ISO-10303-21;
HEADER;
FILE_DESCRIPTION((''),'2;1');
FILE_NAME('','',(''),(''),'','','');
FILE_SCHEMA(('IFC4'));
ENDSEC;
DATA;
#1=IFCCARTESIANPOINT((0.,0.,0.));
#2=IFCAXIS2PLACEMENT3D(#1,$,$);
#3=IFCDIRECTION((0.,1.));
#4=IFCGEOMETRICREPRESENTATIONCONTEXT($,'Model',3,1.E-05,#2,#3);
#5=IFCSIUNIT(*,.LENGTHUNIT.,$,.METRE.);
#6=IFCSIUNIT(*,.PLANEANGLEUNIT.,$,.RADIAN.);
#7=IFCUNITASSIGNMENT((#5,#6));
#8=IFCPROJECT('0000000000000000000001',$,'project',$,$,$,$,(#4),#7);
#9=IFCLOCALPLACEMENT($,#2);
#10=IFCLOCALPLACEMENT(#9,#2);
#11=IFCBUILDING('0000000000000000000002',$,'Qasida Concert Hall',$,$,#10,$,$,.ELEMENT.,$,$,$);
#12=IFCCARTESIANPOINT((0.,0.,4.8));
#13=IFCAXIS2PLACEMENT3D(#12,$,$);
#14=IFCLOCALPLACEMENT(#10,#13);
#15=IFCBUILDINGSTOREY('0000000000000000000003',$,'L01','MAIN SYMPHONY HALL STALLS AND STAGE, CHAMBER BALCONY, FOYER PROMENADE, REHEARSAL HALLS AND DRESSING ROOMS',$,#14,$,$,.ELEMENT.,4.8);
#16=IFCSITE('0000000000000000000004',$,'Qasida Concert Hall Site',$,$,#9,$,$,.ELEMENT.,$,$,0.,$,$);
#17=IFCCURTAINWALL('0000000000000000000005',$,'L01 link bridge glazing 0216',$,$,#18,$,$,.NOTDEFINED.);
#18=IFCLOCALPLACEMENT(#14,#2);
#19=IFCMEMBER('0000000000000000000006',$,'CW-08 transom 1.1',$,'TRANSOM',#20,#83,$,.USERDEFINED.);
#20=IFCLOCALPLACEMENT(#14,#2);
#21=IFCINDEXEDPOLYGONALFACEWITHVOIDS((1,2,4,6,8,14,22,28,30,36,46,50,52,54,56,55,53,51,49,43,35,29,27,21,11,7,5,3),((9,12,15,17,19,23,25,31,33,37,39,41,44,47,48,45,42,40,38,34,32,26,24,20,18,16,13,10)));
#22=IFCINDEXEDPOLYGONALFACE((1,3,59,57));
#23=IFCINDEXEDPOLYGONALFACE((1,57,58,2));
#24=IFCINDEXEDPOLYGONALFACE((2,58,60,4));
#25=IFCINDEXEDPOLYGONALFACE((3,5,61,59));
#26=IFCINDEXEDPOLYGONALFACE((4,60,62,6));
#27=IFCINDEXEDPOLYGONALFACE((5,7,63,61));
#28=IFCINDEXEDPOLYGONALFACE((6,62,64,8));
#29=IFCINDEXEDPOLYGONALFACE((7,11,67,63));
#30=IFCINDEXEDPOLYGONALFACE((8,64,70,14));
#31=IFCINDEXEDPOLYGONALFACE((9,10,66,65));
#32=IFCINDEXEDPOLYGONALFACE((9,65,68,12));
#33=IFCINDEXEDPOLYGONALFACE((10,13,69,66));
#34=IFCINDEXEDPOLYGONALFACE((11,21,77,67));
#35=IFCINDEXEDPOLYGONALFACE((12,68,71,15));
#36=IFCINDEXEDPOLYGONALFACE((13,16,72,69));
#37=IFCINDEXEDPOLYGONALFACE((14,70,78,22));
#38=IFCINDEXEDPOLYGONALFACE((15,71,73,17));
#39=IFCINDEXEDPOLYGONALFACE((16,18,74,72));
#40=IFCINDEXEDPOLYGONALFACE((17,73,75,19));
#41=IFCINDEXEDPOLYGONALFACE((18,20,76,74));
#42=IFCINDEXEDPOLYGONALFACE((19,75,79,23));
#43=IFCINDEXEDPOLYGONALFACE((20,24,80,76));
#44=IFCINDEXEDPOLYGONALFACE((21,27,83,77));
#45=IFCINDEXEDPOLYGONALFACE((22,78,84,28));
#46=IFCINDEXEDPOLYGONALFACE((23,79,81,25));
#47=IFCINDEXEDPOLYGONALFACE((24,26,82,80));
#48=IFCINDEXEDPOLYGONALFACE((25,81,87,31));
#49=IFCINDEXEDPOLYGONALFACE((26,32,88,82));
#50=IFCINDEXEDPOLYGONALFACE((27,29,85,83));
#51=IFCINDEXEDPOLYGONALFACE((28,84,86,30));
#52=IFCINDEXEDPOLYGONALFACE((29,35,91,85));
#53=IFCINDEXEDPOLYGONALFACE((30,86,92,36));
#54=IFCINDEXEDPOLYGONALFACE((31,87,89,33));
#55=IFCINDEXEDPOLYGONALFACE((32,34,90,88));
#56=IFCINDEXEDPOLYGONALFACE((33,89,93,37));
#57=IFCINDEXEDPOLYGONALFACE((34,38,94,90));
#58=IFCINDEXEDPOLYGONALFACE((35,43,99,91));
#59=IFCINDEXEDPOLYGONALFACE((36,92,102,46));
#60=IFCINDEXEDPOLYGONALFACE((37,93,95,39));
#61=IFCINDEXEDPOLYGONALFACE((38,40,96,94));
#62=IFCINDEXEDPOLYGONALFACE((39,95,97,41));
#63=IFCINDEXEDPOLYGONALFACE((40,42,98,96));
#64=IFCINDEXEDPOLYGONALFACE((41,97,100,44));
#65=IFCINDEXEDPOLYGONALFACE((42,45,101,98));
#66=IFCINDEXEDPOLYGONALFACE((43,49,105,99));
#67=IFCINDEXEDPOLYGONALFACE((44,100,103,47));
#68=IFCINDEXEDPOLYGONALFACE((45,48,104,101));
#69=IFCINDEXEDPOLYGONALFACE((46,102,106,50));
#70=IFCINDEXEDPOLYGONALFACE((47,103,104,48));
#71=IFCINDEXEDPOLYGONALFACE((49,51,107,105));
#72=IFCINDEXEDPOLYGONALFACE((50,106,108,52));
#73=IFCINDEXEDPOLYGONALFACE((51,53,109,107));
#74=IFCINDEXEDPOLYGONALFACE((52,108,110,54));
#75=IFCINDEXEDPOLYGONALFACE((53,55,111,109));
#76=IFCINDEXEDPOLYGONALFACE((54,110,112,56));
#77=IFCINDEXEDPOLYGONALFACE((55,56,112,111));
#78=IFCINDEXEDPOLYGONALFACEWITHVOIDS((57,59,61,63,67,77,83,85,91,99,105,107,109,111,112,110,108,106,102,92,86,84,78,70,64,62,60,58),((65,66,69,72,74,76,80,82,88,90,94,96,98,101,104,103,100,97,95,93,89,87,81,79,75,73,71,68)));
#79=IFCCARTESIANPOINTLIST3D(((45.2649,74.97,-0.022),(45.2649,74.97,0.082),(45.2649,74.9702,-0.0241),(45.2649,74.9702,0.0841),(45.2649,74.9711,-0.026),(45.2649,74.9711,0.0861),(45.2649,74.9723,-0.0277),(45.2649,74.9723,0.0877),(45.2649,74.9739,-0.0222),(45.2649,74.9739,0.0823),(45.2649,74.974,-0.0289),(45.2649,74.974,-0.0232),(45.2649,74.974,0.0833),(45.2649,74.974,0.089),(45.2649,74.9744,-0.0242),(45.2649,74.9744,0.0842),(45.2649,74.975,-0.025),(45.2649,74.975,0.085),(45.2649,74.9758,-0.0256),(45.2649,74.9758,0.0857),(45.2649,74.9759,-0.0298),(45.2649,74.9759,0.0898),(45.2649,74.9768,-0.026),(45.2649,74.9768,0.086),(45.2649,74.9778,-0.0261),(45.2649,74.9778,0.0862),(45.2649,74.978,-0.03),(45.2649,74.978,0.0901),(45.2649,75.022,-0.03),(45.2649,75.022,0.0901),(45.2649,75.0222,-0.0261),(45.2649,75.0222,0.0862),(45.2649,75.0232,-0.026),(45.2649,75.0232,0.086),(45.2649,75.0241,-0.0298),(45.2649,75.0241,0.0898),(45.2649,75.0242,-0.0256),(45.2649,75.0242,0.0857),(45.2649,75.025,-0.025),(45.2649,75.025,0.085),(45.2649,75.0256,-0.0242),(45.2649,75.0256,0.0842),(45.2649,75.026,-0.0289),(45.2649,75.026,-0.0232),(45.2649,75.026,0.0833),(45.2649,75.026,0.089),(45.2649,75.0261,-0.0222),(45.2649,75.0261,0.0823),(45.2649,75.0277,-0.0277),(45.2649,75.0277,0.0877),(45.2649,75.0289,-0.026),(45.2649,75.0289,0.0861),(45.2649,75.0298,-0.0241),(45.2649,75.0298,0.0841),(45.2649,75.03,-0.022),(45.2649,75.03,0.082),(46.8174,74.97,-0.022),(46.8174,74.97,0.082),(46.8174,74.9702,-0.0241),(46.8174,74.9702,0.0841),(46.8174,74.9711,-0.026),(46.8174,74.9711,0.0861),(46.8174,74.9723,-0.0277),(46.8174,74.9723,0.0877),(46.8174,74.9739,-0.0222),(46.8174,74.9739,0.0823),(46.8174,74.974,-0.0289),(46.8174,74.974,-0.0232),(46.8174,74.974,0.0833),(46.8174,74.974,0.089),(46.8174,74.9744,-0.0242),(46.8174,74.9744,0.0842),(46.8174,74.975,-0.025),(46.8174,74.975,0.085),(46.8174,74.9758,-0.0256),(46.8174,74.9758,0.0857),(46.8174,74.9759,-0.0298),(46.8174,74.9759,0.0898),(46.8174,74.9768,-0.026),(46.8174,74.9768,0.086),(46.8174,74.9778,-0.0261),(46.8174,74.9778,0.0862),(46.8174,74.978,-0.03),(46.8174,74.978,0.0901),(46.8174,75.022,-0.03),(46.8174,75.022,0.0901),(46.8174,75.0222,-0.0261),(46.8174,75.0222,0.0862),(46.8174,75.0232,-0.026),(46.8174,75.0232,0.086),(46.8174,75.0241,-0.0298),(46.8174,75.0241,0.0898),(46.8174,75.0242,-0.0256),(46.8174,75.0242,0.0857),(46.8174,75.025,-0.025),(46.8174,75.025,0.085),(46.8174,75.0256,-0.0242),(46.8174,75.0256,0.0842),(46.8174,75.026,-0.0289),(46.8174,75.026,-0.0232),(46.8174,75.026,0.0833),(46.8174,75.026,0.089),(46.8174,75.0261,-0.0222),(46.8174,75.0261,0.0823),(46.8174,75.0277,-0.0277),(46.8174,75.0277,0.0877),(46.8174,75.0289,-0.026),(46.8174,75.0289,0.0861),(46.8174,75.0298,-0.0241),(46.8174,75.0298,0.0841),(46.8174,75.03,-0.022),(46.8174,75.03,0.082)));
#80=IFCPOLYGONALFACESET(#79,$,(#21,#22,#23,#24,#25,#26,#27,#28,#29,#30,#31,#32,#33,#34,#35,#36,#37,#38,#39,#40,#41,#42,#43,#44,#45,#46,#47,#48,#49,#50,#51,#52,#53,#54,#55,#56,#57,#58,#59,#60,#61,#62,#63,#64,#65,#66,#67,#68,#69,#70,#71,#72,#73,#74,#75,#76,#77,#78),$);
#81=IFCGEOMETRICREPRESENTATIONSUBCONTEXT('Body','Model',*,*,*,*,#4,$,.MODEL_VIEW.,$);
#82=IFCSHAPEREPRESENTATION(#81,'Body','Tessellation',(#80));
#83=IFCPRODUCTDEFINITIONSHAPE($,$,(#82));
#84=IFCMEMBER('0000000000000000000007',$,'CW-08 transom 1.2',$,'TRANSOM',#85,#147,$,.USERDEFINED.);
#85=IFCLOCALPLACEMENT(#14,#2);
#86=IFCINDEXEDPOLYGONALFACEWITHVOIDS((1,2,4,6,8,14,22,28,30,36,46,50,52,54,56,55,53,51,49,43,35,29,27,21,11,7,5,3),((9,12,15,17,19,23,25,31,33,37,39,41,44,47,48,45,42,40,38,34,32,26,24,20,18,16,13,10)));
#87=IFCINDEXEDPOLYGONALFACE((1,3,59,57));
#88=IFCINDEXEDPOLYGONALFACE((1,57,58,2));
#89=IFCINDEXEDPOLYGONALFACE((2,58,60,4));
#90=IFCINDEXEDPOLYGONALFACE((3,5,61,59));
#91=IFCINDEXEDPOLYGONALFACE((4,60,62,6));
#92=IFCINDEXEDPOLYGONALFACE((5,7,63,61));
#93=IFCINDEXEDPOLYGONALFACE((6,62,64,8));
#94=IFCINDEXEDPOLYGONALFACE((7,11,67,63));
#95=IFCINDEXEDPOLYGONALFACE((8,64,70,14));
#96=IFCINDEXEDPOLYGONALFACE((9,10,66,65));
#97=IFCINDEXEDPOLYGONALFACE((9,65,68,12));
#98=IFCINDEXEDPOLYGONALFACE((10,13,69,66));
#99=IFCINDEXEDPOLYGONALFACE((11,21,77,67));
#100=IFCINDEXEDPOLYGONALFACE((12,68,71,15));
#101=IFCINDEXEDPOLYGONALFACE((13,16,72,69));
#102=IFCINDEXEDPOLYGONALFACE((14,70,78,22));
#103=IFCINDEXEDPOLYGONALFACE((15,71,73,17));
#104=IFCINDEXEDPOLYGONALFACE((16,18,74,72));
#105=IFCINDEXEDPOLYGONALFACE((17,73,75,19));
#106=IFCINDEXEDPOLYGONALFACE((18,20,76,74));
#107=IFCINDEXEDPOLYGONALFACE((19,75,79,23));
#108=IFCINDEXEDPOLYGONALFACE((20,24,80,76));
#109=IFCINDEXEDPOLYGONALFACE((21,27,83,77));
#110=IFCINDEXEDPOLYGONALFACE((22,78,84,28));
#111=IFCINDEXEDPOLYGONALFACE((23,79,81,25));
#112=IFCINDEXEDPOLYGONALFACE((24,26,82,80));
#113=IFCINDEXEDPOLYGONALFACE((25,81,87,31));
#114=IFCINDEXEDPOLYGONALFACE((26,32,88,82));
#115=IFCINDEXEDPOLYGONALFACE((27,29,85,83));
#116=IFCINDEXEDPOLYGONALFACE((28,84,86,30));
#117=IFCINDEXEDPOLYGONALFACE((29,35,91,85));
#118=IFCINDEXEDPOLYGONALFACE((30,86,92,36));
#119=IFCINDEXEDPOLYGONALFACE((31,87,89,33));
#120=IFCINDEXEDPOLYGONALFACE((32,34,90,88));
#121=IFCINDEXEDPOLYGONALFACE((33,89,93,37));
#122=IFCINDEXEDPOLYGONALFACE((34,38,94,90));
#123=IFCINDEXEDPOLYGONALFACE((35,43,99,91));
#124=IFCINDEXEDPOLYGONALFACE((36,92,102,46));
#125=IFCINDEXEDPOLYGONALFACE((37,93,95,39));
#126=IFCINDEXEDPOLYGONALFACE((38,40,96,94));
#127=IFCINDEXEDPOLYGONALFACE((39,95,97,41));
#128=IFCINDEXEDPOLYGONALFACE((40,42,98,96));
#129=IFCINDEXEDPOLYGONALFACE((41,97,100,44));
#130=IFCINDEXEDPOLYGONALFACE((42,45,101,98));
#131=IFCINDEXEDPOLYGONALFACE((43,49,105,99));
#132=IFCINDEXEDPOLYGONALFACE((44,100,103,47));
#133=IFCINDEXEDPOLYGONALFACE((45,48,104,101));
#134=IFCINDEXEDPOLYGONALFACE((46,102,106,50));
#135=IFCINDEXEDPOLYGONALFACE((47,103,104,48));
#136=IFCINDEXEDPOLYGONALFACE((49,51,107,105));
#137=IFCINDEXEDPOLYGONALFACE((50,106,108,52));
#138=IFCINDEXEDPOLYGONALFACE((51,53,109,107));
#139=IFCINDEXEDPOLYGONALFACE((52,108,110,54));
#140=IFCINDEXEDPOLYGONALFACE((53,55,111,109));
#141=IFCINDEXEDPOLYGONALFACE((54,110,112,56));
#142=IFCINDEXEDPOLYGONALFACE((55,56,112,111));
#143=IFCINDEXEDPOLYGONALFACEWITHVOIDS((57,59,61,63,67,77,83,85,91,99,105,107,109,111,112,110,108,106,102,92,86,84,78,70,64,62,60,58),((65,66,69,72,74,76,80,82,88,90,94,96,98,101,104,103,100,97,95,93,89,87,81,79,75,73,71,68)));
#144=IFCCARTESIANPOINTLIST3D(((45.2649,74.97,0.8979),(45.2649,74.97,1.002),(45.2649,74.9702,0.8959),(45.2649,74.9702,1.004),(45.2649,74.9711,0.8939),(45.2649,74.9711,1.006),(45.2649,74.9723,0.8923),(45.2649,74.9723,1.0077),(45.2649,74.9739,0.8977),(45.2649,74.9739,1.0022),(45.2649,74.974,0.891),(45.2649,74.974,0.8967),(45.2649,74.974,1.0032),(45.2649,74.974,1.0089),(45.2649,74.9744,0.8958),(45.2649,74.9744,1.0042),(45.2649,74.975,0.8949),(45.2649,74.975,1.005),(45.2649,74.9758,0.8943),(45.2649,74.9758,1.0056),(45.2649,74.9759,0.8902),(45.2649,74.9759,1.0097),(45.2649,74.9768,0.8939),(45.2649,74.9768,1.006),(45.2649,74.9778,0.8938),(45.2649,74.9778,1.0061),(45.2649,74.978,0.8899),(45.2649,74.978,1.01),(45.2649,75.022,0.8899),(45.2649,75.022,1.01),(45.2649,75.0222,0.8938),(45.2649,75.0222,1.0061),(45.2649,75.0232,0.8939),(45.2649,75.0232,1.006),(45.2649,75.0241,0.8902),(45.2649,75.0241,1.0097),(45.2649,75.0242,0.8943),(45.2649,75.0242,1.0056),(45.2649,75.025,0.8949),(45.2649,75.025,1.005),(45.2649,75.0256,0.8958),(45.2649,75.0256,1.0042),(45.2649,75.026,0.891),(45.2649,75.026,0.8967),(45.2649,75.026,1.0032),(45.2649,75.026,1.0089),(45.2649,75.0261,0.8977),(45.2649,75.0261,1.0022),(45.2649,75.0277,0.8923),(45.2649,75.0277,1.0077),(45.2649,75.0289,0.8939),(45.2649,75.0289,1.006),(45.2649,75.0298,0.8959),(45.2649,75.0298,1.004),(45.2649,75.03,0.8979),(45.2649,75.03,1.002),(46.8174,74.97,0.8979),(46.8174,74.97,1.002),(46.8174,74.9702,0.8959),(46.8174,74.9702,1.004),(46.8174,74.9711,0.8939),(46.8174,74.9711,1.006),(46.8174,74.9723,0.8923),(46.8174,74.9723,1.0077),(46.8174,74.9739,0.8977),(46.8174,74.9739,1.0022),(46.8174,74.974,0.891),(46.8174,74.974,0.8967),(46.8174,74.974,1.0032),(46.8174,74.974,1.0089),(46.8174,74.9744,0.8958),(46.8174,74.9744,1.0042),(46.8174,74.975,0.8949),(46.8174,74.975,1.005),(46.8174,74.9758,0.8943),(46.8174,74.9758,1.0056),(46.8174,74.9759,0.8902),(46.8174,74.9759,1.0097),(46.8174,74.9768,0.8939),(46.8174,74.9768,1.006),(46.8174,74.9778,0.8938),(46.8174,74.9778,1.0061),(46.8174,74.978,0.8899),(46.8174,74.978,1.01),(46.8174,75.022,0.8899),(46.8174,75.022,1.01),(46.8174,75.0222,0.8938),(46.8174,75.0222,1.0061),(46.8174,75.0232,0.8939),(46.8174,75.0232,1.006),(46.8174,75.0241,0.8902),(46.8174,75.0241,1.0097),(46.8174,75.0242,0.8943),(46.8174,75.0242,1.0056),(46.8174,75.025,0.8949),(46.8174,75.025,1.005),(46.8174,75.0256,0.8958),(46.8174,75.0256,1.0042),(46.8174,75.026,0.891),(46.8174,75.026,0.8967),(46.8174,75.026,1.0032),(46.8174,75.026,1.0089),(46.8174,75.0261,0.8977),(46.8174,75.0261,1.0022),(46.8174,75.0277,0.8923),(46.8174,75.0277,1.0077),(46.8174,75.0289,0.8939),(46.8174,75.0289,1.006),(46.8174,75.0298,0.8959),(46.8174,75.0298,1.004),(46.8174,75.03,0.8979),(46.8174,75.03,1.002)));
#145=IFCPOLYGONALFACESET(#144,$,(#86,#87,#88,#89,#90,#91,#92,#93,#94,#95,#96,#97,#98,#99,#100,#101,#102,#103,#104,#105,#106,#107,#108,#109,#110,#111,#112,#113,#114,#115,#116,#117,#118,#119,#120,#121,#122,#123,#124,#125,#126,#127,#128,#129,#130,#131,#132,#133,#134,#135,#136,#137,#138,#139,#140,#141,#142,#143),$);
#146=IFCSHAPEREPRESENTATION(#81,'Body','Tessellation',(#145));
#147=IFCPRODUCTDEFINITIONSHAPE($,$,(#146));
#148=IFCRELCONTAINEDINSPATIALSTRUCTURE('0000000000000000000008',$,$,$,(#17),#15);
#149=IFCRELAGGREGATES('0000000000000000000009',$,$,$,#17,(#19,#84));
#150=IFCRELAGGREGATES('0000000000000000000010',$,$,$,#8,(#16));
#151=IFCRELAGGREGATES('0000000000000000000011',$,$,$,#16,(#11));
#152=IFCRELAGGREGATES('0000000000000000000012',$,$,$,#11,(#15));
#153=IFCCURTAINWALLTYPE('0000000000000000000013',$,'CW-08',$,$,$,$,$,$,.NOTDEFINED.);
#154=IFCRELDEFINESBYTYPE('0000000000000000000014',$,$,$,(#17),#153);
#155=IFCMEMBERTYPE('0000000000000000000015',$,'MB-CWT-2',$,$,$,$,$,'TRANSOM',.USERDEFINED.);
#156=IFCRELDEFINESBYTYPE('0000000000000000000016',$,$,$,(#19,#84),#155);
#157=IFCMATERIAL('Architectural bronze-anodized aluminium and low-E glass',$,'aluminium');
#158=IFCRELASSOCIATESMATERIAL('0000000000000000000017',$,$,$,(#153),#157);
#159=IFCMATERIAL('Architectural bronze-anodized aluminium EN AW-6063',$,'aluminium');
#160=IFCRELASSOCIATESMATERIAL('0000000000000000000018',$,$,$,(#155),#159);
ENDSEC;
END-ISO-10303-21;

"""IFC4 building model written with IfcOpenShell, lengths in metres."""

from ifc_helpers import new_model, si_unit, direction, frame, origin, origin_2d, place, context, subcontext, project, spatial, hollow_rectangle, extrude, material, material_profile, profile_set, type_object, element, aggregate, save


model = new_model("IFC4")

# Units and contexts
model_context = context("Model", 3, precision=1e-05, world=origin(), true_north=direction((0.0, 1.0)))
body_context = subcontext(model_context, "Body", "Model", "MODEL_VIEW")
ifc_project = project(units=[si_unit("LENGTHUNIT", "METRE"), si_unit("PLANEANGLEUNIT", "RADIAN")], contexts=[model_context])

# Site, building, storey
site_placement = place(None, origin())
site = spatial("IfcSite", under=ifc_project, at=site_placement, Name="Qasida Concert Hall Site", CompositionType="ELEMENT", RefElevation=0.0)
building_placement = place(site_placement, origin())
building = spatial("IfcBuilding", under=site, at=building_placement, Name="Qasida Concert Hall", CompositionType="ELEMENT")
storey_placement = place(building_placement, frame((0.0, 0.0, 4.8)))
storey = spatial("IfcBuildingStorey", under=building, at=storey_placement, Name="L01", Description="MAIN SYMPHONY HALL STALLS AND STAGE, CHAMBER BALCONY, FOYER PROMENADE, REHEARSAL HALLS AND DRESSING ROOMS", CompositionType="ELEMENT", Elevation=4.8)

# Shared definitions
ifc_material_1 = material(Name="Architectural bronze-anodized aluminium and low-E glass", Category="aluminium")
curtain_wall_type = type_object("IfcCurtainWallType", Name="CW-08", PredefinedType="NOTDEFINED", material=ifc_material_1)
ifc_material_2 = material(Name="Architectural bronze-anodized aluminium EN AW-6063", Category="aluminium")

# Curtain wall
curtain_wall_1_placement = place(storey_placement, origin())
curtain_wall_1 = element("IfcCurtainWall", 1, at=curtain_wall_1_placement, inside=storey, type_object=curtain_wall_type, Name="L01 link bridge glazing 0216", PredefinedType="NOTDEFINED")

# Members
ifc_material_profile_1 = material_profile(ifc_material_2, hollow_rectangle(XDim=0.0601, YDim=0.1201, WallThickness=0.0039, InnerFilletRadius=0.0039, OuterFilletRadius=0.0081, at=origin_2d()), Name="CWT 120x60x4")
ifc_profile_set_1 = profile_set([ifc_material_profile_1], Name="Architectural bronze-anodized aluminium EN AW-6063")
member_type_1 = type_object("IfcMemberType", Name="MB-CWT-2", ElementType="TRANSOM", PredefinedType="USERDEFINED", material=ifc_profile_set_1)
member_1_placement = place(storey_placement, frame((45.2649, 75.0, 0.03), z_axis=(1.0, 0.0, 0.0), x_axis=(0.0, 1.0, 0.0)))
member_1 = element("IfcMember", 2, at=member_1_placement, type_object=member_type_1, Name="CW-08 transom 1.1", ObjectType="TRANSOM", PredefinedType="USERDEFINED", context=body_context, shape_type="SweptSolid", body=[
    extrude(hollow_rectangle(XDim=0.0601, YDim=0.1201, WallThickness=0.0039, InnerFilletRadius=0.0039, OuterFilletRadius=0.0081, at=origin_2d()), origin(), (0.0, 0.0, 1.0), 1.5525),
])
member_2_placement = place(storey_placement, frame((45.2649, 75.0, 0.95), z_axis=(1.0, 0.0, 0.0), x_axis=(0.0, 1.0, 0.0)))
member_2 = element("IfcMember", 3, at=member_2_placement, type_object=member_type_1, Name="CW-08 transom 1.2", ObjectType="TRANSOM", PredefinedType="USERDEFINED", context=body_context, shape_type="SweptSolid", body=[
    extrude(hollow_rectangle(XDim=0.0601, YDim=0.1201, WallThickness=0.0039, InnerFilletRadius=0.0039, OuterFilletRadius=0.0081, at=origin_2d()), origin(), (0.0, 0.0, 1.0), 1.5525),
])

aggregate(curtain_wall_1, [member_1, member_2])

save(model, "model.ifc")
